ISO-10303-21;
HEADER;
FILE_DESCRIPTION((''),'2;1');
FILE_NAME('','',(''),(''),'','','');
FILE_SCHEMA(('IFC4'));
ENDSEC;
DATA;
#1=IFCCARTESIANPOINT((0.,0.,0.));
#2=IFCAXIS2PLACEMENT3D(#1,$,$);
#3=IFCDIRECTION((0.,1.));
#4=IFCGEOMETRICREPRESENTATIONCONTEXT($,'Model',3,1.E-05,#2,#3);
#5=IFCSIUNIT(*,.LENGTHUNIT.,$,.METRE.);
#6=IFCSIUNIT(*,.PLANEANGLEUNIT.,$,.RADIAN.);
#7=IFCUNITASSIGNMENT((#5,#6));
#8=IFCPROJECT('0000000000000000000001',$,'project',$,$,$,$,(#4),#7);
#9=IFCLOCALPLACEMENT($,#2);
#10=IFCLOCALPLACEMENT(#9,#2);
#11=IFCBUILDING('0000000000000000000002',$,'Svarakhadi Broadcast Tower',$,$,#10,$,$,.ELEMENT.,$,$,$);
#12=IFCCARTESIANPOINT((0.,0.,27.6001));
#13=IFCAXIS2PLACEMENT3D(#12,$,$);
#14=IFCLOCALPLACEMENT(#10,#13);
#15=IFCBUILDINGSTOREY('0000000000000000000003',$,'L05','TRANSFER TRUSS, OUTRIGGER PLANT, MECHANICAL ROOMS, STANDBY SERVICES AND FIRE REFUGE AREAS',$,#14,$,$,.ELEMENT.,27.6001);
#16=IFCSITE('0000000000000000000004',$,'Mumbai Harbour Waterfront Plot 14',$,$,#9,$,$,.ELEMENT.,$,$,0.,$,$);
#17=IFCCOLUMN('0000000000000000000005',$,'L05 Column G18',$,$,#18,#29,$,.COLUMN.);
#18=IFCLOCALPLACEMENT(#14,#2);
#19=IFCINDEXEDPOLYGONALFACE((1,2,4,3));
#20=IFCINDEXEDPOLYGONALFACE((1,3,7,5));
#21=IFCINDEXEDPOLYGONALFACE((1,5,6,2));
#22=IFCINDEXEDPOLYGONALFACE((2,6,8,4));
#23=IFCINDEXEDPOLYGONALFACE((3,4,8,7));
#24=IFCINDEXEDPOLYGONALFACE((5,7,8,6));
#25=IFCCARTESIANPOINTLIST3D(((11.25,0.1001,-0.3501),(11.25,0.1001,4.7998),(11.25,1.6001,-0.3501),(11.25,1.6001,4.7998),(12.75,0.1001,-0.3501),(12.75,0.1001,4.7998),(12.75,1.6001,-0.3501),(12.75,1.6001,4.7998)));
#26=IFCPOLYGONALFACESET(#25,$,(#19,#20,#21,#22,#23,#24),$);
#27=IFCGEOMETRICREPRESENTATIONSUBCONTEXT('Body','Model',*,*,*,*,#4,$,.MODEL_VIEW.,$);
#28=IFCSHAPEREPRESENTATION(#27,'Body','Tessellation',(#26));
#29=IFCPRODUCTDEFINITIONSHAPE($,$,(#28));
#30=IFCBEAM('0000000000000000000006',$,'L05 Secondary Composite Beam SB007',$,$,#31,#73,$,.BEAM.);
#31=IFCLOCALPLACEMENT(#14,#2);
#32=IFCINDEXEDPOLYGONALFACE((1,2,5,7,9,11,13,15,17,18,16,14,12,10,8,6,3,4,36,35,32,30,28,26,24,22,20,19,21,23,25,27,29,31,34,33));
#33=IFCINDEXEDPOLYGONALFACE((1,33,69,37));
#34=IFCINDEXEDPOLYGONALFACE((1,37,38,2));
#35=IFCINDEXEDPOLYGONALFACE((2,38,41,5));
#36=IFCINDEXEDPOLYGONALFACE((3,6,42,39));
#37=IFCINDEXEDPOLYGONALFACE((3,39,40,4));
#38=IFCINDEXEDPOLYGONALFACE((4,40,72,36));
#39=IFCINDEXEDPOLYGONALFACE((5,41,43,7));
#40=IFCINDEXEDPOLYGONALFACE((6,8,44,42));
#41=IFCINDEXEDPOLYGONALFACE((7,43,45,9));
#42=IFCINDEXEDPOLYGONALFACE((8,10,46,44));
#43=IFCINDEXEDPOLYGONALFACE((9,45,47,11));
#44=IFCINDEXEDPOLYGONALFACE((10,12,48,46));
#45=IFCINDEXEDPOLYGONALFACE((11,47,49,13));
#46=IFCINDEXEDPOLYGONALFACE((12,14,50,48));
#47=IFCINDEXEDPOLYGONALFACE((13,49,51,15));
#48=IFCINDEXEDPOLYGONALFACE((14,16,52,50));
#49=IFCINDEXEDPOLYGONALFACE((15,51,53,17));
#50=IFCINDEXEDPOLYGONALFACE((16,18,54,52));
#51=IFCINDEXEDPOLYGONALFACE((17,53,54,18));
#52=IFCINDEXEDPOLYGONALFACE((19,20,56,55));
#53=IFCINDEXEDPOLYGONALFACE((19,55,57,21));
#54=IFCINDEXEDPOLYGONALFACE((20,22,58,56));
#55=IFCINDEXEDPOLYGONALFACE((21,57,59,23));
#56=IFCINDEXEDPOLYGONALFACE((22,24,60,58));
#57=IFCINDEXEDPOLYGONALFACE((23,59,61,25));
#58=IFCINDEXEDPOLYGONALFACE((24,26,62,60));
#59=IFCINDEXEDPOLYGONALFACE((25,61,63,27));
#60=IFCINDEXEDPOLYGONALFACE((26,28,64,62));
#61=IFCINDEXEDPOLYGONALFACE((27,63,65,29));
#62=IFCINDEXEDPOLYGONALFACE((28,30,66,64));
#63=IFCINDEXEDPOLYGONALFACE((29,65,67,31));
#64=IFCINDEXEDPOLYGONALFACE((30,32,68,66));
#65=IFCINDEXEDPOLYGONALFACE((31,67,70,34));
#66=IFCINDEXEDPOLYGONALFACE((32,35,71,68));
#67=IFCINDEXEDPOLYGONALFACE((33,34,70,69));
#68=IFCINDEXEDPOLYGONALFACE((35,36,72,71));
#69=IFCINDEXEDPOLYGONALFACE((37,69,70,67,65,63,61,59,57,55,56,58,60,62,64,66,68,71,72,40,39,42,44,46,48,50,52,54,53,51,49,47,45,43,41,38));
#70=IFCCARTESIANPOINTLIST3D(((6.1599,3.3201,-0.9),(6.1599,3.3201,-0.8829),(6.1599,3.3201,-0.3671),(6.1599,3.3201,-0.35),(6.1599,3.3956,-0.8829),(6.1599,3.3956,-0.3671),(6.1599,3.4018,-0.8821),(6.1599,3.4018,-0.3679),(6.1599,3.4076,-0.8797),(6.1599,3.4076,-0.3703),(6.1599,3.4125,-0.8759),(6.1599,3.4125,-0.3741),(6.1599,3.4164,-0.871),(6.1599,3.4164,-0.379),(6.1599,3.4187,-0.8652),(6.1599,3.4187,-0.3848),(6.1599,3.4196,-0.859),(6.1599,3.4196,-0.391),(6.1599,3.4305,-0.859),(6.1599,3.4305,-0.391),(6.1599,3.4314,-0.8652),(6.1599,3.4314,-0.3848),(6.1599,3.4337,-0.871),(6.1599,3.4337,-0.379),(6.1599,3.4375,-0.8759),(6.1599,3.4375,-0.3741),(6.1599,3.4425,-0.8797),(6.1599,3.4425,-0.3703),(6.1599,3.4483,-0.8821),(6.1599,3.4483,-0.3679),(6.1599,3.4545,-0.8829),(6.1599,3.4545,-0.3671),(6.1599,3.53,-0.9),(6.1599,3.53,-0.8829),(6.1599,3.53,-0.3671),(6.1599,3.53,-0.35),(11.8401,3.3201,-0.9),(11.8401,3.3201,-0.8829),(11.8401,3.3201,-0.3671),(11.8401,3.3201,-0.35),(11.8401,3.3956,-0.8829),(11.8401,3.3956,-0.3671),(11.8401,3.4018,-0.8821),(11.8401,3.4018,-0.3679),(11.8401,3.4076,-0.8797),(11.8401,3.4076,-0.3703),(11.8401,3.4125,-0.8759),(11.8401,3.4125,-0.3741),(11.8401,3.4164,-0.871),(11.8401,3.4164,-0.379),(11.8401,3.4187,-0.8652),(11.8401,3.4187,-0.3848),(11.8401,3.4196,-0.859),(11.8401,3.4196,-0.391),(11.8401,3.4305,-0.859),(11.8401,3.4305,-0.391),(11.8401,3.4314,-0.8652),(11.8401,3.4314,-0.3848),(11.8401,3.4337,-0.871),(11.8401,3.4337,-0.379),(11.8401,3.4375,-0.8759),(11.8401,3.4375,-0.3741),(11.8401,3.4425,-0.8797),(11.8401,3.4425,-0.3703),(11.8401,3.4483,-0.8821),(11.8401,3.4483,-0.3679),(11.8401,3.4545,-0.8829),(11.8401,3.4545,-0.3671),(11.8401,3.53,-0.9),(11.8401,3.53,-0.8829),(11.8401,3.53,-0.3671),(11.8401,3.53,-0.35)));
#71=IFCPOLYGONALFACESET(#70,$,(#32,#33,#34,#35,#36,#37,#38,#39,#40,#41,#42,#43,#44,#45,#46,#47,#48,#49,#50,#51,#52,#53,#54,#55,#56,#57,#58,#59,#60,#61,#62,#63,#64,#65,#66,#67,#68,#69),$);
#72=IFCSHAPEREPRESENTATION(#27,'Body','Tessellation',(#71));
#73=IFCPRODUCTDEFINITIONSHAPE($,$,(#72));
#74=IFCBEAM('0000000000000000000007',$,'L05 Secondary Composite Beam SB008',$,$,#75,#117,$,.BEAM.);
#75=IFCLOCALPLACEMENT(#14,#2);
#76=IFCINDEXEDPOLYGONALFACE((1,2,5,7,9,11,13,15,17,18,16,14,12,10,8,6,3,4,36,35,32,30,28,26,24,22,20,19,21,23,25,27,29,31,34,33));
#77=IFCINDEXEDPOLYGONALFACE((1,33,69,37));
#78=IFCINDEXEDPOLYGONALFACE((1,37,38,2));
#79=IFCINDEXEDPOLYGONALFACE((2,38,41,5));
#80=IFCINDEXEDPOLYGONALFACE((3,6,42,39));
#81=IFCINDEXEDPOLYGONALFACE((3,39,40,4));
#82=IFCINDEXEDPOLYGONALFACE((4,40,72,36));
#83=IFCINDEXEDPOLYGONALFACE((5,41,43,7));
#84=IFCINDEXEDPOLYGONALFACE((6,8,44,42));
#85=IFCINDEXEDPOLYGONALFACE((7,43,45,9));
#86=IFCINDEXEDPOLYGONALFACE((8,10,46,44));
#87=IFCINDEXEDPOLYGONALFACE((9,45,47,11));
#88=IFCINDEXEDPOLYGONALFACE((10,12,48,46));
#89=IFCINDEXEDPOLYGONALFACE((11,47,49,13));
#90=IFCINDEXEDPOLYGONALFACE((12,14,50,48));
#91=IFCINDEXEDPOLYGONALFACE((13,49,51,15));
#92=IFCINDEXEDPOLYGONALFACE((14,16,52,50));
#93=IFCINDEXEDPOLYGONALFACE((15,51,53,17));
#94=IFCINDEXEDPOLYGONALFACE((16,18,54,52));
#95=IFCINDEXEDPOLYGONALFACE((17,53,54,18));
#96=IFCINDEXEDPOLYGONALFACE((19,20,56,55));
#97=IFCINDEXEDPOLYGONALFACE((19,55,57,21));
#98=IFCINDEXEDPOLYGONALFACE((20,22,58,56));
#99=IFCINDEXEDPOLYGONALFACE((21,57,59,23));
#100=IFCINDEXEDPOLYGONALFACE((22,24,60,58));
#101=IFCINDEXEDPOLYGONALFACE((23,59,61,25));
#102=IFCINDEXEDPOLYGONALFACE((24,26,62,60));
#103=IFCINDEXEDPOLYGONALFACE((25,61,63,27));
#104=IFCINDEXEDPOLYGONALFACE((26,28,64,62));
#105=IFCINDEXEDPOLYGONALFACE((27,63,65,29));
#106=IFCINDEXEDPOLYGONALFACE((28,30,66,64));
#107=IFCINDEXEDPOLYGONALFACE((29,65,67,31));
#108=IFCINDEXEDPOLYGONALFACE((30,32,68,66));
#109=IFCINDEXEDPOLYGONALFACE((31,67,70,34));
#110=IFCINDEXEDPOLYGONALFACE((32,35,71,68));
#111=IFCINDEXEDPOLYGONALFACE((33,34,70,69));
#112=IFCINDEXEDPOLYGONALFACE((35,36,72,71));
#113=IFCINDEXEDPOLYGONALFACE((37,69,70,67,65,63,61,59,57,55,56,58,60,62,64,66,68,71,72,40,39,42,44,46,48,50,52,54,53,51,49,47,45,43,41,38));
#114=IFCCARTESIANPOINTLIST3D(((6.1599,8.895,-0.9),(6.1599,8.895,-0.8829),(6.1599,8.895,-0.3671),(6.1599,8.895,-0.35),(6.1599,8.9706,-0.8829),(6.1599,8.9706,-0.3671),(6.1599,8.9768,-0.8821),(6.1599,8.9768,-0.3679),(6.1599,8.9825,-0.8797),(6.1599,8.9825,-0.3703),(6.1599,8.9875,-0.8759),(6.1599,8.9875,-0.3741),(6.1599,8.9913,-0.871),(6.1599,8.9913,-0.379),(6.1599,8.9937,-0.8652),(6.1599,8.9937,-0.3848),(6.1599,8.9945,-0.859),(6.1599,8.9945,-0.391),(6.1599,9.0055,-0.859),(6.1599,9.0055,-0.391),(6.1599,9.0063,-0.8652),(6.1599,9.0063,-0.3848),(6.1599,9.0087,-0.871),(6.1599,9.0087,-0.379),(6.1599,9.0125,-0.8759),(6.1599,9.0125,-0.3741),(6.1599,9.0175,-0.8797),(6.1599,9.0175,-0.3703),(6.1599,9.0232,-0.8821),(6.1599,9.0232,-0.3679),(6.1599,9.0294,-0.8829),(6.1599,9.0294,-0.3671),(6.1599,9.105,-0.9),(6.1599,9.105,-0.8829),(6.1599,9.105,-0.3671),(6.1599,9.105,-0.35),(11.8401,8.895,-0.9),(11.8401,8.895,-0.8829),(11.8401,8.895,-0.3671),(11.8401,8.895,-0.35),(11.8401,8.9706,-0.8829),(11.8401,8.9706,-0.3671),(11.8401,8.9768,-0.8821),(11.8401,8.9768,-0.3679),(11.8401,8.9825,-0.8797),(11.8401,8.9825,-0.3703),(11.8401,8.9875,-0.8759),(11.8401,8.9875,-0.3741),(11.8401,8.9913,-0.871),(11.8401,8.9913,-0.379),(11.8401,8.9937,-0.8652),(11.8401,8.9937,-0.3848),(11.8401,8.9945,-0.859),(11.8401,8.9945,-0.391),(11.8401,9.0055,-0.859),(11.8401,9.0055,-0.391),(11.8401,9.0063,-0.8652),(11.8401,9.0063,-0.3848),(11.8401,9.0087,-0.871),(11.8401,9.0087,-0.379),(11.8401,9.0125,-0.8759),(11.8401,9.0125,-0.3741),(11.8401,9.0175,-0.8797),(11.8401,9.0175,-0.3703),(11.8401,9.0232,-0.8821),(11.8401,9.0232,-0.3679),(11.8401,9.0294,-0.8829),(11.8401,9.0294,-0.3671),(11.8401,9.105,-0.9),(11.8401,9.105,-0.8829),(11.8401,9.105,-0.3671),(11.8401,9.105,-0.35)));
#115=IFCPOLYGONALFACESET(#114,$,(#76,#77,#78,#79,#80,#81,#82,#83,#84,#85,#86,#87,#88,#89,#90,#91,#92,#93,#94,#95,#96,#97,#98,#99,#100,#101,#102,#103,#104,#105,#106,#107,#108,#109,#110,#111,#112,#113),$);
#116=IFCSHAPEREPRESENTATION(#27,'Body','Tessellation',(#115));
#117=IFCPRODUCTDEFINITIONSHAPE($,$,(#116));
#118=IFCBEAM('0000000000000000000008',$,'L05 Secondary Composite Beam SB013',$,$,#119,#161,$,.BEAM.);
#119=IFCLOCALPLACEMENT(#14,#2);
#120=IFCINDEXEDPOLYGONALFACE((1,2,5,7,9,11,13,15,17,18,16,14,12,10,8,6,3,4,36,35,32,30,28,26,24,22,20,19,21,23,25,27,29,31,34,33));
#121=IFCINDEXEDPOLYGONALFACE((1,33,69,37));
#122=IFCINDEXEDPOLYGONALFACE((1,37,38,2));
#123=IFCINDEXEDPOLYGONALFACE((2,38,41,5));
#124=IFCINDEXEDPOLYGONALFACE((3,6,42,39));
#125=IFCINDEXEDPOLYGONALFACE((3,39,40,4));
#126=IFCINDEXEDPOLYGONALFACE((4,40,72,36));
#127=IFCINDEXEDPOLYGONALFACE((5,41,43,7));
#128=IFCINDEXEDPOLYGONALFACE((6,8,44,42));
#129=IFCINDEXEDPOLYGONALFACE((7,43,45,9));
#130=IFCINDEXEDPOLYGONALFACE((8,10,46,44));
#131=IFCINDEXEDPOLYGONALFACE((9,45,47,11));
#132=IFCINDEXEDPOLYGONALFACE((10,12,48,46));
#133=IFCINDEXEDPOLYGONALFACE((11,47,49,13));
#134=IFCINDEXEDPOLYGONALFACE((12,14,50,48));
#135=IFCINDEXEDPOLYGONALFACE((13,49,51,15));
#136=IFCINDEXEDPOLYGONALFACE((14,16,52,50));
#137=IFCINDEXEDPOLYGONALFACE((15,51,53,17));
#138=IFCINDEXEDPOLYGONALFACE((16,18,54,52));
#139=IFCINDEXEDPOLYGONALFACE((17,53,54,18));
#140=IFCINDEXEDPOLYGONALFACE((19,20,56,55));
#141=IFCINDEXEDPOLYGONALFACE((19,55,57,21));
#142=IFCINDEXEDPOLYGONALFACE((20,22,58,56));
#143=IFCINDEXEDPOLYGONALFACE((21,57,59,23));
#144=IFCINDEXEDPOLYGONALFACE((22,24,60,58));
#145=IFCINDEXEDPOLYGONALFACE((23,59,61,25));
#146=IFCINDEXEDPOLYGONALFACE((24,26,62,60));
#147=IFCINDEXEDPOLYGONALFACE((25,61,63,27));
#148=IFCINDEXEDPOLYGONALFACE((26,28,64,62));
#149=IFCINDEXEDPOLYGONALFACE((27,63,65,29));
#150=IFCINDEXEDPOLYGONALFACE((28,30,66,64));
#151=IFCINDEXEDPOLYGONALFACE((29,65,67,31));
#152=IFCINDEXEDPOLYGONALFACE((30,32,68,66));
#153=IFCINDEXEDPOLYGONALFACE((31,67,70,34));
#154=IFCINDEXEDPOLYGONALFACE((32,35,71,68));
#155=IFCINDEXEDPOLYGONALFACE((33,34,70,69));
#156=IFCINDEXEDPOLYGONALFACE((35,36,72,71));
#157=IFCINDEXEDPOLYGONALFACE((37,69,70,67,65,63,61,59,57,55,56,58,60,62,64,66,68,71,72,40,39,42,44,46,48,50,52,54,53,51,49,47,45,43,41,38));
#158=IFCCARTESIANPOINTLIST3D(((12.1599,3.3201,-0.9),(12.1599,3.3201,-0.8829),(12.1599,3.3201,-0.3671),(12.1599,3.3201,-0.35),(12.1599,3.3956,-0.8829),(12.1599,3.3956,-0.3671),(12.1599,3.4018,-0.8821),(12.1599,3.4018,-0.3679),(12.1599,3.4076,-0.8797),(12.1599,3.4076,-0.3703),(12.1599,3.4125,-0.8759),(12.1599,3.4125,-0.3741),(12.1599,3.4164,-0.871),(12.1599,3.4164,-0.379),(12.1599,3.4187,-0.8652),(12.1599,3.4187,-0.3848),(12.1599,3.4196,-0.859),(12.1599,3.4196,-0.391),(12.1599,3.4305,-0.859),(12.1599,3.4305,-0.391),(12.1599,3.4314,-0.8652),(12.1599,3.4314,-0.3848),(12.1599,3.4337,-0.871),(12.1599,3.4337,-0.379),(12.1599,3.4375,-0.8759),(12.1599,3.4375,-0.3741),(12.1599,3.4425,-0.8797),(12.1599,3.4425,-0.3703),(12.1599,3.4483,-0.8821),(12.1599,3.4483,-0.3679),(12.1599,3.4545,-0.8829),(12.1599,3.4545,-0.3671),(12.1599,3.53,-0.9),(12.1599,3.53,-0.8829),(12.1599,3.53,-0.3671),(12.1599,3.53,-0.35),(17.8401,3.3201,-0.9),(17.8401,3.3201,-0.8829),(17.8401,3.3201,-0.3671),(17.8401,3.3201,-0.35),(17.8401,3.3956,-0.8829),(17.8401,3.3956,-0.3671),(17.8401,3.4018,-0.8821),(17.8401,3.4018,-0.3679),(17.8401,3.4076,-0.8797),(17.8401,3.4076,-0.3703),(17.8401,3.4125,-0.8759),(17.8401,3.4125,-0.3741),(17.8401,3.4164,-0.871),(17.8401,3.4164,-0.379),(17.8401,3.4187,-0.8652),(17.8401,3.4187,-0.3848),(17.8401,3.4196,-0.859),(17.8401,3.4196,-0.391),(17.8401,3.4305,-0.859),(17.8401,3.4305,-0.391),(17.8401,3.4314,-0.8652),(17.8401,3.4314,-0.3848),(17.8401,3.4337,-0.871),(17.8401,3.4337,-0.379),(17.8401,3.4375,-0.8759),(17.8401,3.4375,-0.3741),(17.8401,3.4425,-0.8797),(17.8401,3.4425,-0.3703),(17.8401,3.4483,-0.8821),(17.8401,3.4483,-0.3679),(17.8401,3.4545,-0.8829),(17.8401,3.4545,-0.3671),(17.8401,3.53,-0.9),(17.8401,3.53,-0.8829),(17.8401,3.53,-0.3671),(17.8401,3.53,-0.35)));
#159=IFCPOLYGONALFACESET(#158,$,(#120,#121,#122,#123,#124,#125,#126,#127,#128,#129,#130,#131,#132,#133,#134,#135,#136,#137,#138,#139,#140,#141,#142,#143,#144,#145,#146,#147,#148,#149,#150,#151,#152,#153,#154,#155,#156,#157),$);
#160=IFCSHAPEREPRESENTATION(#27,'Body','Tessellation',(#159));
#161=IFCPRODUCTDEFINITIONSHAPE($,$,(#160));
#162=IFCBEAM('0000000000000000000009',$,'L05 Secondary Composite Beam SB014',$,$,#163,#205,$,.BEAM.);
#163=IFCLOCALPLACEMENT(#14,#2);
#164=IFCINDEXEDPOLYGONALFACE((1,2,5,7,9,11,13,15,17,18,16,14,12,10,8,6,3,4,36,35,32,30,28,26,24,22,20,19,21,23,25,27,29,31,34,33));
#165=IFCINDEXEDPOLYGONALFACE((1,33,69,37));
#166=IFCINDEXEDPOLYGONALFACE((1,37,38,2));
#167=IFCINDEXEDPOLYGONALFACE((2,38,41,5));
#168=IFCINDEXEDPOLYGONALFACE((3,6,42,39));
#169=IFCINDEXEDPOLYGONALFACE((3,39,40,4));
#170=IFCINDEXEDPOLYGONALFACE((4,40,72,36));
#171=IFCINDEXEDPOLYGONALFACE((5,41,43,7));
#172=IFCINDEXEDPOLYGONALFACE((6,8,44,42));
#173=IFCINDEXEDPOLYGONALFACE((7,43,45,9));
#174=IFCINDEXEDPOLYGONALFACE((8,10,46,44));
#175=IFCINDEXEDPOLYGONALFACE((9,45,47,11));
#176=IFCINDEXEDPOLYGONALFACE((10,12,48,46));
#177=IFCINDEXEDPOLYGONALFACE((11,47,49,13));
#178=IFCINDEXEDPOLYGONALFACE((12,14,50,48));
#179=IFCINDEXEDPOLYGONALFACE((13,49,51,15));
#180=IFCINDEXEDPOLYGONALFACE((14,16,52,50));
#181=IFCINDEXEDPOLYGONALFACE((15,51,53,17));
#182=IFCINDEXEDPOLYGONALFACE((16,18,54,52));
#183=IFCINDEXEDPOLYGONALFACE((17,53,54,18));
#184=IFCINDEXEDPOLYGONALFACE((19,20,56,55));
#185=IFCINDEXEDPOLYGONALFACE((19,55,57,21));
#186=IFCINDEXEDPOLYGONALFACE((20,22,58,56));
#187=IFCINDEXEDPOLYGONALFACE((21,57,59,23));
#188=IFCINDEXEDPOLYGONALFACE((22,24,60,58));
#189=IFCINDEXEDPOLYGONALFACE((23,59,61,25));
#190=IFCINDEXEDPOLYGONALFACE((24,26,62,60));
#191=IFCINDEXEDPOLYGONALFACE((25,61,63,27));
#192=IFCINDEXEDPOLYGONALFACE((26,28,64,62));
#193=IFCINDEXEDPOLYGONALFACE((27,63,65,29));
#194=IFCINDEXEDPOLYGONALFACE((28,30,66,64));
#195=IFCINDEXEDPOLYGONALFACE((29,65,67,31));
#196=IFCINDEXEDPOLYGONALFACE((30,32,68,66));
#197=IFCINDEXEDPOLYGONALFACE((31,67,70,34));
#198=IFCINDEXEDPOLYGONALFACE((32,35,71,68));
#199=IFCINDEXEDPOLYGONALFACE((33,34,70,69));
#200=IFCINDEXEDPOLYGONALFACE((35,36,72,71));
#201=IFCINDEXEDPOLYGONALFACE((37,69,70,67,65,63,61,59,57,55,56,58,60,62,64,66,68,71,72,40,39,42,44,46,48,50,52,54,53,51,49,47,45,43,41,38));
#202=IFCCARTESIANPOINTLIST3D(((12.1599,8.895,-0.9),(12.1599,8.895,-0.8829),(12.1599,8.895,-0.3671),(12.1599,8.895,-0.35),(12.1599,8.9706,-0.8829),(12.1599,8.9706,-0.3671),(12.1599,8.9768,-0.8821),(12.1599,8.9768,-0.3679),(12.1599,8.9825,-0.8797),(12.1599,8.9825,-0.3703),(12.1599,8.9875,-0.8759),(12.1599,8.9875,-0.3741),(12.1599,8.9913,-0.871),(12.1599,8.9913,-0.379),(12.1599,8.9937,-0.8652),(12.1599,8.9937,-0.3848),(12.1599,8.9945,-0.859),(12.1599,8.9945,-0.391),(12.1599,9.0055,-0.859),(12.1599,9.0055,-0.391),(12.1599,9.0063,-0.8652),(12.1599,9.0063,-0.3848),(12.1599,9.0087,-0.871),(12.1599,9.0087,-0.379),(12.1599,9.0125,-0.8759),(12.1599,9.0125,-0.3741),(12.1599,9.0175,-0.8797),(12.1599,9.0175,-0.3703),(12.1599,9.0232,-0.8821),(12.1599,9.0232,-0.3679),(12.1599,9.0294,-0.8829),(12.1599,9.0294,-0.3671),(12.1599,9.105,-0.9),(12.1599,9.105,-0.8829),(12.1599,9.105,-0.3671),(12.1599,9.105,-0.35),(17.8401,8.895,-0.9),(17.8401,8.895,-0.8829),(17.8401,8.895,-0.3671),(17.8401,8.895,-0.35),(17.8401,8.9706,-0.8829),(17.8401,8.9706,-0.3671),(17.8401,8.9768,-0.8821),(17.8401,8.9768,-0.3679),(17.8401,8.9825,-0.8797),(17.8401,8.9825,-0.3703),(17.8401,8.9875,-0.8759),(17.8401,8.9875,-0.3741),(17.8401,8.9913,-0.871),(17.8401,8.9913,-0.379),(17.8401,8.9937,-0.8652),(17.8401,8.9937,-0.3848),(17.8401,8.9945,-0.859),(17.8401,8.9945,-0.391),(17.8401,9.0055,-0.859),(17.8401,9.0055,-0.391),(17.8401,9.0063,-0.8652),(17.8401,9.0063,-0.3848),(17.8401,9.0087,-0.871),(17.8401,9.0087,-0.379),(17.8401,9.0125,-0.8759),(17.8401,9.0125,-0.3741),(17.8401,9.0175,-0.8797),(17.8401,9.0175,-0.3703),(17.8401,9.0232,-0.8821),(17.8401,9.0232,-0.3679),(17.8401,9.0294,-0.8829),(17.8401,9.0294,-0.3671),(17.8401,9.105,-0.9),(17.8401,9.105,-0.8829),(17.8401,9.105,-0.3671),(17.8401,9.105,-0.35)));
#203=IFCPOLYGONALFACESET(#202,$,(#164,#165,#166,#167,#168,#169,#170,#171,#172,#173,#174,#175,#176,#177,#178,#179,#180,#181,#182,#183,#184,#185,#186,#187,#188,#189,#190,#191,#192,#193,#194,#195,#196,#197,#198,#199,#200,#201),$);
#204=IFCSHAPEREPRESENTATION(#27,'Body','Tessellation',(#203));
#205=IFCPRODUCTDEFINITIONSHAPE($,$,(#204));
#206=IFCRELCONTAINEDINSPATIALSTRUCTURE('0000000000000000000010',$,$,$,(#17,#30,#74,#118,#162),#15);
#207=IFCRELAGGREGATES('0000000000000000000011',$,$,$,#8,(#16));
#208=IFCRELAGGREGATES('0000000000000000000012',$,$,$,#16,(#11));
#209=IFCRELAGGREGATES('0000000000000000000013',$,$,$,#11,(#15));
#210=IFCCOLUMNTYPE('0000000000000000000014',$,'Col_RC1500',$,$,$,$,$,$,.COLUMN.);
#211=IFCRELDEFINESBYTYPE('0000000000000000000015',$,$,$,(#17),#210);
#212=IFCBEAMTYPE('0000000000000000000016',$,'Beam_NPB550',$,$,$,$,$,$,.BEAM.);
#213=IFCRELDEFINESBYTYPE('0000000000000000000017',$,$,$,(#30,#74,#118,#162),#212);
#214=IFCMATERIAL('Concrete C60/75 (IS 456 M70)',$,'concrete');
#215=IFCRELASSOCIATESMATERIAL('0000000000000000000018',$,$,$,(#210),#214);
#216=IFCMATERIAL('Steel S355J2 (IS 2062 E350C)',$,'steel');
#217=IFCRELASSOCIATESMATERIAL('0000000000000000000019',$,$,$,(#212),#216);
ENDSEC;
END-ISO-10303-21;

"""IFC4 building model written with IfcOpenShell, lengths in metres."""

from ifc_helpers import new_model, si_unit, direction, frame, origin, origin_2d, place, context, subcontext, project, spatial, rectangle, i_section, extrude, material, material_profile, profile_set, type_object, element, save


model = new_model("IFC4")

# Units and contexts
model_context = context("Model", 3, precision=1e-05, world=origin(), true_north=direction((0.0, 1.0)))
body_context = subcontext(model_context, "Body", "Model", "MODEL_VIEW")
ifc_project = project(units=[si_unit("LENGTHUNIT", "METRE"), si_unit("PLANEANGLEUNIT", "RADIAN")], contexts=[model_context])

# Site, building, storey
site_placement = place(None, origin())
site = spatial("IfcSite", under=ifc_project, at=site_placement, Name="Mumbai Harbour Waterfront Plot 14", CompositionType="ELEMENT", RefElevation=0.0)
building_placement = place(site_placement, origin())
building = spatial("IfcBuilding", under=site, at=building_placement, Name="Svarakhadi Broadcast Tower", CompositionType="ELEMENT")
storey_placement = place(building_placement, frame((0.0, 0.0, 27.6001)))
storey = spatial("IfcBuildingStorey", under=building, at=storey_placement, Name="L05", Description="TRANSFER TRUSS, OUTRIGGER PLANT, MECHANICAL ROOMS, STANDBY SERVICES AND FIRE REFUGE AREAS", CompositionType="ELEMENT", Elevation=27.6001)

# Column
ifc_material_1 = material(Name="Concrete C60/75 (IS 456 M70)", Category="concrete")
ifc_material_profile_1 = material_profile(ifc_material_1, rectangle(XDim=1.5, YDim=1.5, at=origin_2d()), Name="RC 1500x1500")
ifc_profile_set_1 = profile_set([ifc_material_profile_1], Name="Concrete C60/75 (IS 456 M70)")
column_type_1 = type_object("IfcColumnType", Name="Col_RC1500", PredefinedType="COLUMN", material=ifc_profile_set_1)
column_placement = place(storey_placement, frame((12.0, 0.8501, -0.3501), z_axis=(0.0, 0.0, 1.0), x_axis=(1.0, 0.0, 0.0)))
element("IfcColumn", 1, at=column_placement, inside=storey, type_object=column_type_1, Name="L05 Column G18", PredefinedType="COLUMN", context=body_context, shape_type="SweptSolid", body=[
    extrude(rectangle(XDim=1.5, YDim=1.5, at=origin_2d()), origin(), (0.0, 0.0, 1.0), 5.1499),
])

# Beams
ifc_material_2 = material(Name="Steel S355J2 (IS 2062 E350C)", Category="steel")
ifc_material_profile_2 = material_profile(ifc_material_2, i_section(OverallWidth=0.21, OverallDepth=0.55, WebThickness=0.011, FlangeThickness=0.0171, FilletRadius=0.0239, at=origin_2d()), Name="NPB 550x210x106")
ifc_profile_set_2 = profile_set([ifc_material_profile_2], Name="Steel S355J2 (IS 2062 E350C)")
beam_type_1 = type_object("IfcBeamType", Name="Beam_NPB550", PredefinedType="BEAM", material=ifc_profile_set_2)
for number, where, z_axis, x_axis, name in (
    (2, (6.1599, 3.425, -0.625), (1.0, 0.0, 0.0), (0.0, 1.0, 0.0), "L05 Secondary Composite Beam SB007"),
    (3, (6.1599, 9.0, -0.625), (1.0, 0.0, 0.0), (0.0, 1.0, 0.0), "L05 Secondary Composite Beam SB008"),
    (4, (12.1599, 3.425, -0.625), (1.0, 0.0, 0.0), (0.0, 1.0, 0.0), "L05 Secondary Composite Beam SB013"),
    (5, (12.1599, 9.0, -0.625), (1.0, 0.0, 0.0), (0.0, 1.0, 0.0), "L05 Secondary Composite Beam SB014"),
):
    element("IfcBeam", number, at=place(storey_placement, frame(where, z_axis=z_axis, x_axis=x_axis)), inside=storey, type_object=beam_type_1, Name=name, PredefinedType="BEAM", context=body_context, shape_type="SweptSolid", body=[
        extrude(i_section(OverallWidth=0.21, OverallDepth=0.55, WebThickness=0.011, FlangeThickness=0.0171, FilletRadius=0.0239, at=origin_2d()), origin(), (0.0, 0.0, 1.0), 5.6802),
    ])

save(model, "model.ifc")
